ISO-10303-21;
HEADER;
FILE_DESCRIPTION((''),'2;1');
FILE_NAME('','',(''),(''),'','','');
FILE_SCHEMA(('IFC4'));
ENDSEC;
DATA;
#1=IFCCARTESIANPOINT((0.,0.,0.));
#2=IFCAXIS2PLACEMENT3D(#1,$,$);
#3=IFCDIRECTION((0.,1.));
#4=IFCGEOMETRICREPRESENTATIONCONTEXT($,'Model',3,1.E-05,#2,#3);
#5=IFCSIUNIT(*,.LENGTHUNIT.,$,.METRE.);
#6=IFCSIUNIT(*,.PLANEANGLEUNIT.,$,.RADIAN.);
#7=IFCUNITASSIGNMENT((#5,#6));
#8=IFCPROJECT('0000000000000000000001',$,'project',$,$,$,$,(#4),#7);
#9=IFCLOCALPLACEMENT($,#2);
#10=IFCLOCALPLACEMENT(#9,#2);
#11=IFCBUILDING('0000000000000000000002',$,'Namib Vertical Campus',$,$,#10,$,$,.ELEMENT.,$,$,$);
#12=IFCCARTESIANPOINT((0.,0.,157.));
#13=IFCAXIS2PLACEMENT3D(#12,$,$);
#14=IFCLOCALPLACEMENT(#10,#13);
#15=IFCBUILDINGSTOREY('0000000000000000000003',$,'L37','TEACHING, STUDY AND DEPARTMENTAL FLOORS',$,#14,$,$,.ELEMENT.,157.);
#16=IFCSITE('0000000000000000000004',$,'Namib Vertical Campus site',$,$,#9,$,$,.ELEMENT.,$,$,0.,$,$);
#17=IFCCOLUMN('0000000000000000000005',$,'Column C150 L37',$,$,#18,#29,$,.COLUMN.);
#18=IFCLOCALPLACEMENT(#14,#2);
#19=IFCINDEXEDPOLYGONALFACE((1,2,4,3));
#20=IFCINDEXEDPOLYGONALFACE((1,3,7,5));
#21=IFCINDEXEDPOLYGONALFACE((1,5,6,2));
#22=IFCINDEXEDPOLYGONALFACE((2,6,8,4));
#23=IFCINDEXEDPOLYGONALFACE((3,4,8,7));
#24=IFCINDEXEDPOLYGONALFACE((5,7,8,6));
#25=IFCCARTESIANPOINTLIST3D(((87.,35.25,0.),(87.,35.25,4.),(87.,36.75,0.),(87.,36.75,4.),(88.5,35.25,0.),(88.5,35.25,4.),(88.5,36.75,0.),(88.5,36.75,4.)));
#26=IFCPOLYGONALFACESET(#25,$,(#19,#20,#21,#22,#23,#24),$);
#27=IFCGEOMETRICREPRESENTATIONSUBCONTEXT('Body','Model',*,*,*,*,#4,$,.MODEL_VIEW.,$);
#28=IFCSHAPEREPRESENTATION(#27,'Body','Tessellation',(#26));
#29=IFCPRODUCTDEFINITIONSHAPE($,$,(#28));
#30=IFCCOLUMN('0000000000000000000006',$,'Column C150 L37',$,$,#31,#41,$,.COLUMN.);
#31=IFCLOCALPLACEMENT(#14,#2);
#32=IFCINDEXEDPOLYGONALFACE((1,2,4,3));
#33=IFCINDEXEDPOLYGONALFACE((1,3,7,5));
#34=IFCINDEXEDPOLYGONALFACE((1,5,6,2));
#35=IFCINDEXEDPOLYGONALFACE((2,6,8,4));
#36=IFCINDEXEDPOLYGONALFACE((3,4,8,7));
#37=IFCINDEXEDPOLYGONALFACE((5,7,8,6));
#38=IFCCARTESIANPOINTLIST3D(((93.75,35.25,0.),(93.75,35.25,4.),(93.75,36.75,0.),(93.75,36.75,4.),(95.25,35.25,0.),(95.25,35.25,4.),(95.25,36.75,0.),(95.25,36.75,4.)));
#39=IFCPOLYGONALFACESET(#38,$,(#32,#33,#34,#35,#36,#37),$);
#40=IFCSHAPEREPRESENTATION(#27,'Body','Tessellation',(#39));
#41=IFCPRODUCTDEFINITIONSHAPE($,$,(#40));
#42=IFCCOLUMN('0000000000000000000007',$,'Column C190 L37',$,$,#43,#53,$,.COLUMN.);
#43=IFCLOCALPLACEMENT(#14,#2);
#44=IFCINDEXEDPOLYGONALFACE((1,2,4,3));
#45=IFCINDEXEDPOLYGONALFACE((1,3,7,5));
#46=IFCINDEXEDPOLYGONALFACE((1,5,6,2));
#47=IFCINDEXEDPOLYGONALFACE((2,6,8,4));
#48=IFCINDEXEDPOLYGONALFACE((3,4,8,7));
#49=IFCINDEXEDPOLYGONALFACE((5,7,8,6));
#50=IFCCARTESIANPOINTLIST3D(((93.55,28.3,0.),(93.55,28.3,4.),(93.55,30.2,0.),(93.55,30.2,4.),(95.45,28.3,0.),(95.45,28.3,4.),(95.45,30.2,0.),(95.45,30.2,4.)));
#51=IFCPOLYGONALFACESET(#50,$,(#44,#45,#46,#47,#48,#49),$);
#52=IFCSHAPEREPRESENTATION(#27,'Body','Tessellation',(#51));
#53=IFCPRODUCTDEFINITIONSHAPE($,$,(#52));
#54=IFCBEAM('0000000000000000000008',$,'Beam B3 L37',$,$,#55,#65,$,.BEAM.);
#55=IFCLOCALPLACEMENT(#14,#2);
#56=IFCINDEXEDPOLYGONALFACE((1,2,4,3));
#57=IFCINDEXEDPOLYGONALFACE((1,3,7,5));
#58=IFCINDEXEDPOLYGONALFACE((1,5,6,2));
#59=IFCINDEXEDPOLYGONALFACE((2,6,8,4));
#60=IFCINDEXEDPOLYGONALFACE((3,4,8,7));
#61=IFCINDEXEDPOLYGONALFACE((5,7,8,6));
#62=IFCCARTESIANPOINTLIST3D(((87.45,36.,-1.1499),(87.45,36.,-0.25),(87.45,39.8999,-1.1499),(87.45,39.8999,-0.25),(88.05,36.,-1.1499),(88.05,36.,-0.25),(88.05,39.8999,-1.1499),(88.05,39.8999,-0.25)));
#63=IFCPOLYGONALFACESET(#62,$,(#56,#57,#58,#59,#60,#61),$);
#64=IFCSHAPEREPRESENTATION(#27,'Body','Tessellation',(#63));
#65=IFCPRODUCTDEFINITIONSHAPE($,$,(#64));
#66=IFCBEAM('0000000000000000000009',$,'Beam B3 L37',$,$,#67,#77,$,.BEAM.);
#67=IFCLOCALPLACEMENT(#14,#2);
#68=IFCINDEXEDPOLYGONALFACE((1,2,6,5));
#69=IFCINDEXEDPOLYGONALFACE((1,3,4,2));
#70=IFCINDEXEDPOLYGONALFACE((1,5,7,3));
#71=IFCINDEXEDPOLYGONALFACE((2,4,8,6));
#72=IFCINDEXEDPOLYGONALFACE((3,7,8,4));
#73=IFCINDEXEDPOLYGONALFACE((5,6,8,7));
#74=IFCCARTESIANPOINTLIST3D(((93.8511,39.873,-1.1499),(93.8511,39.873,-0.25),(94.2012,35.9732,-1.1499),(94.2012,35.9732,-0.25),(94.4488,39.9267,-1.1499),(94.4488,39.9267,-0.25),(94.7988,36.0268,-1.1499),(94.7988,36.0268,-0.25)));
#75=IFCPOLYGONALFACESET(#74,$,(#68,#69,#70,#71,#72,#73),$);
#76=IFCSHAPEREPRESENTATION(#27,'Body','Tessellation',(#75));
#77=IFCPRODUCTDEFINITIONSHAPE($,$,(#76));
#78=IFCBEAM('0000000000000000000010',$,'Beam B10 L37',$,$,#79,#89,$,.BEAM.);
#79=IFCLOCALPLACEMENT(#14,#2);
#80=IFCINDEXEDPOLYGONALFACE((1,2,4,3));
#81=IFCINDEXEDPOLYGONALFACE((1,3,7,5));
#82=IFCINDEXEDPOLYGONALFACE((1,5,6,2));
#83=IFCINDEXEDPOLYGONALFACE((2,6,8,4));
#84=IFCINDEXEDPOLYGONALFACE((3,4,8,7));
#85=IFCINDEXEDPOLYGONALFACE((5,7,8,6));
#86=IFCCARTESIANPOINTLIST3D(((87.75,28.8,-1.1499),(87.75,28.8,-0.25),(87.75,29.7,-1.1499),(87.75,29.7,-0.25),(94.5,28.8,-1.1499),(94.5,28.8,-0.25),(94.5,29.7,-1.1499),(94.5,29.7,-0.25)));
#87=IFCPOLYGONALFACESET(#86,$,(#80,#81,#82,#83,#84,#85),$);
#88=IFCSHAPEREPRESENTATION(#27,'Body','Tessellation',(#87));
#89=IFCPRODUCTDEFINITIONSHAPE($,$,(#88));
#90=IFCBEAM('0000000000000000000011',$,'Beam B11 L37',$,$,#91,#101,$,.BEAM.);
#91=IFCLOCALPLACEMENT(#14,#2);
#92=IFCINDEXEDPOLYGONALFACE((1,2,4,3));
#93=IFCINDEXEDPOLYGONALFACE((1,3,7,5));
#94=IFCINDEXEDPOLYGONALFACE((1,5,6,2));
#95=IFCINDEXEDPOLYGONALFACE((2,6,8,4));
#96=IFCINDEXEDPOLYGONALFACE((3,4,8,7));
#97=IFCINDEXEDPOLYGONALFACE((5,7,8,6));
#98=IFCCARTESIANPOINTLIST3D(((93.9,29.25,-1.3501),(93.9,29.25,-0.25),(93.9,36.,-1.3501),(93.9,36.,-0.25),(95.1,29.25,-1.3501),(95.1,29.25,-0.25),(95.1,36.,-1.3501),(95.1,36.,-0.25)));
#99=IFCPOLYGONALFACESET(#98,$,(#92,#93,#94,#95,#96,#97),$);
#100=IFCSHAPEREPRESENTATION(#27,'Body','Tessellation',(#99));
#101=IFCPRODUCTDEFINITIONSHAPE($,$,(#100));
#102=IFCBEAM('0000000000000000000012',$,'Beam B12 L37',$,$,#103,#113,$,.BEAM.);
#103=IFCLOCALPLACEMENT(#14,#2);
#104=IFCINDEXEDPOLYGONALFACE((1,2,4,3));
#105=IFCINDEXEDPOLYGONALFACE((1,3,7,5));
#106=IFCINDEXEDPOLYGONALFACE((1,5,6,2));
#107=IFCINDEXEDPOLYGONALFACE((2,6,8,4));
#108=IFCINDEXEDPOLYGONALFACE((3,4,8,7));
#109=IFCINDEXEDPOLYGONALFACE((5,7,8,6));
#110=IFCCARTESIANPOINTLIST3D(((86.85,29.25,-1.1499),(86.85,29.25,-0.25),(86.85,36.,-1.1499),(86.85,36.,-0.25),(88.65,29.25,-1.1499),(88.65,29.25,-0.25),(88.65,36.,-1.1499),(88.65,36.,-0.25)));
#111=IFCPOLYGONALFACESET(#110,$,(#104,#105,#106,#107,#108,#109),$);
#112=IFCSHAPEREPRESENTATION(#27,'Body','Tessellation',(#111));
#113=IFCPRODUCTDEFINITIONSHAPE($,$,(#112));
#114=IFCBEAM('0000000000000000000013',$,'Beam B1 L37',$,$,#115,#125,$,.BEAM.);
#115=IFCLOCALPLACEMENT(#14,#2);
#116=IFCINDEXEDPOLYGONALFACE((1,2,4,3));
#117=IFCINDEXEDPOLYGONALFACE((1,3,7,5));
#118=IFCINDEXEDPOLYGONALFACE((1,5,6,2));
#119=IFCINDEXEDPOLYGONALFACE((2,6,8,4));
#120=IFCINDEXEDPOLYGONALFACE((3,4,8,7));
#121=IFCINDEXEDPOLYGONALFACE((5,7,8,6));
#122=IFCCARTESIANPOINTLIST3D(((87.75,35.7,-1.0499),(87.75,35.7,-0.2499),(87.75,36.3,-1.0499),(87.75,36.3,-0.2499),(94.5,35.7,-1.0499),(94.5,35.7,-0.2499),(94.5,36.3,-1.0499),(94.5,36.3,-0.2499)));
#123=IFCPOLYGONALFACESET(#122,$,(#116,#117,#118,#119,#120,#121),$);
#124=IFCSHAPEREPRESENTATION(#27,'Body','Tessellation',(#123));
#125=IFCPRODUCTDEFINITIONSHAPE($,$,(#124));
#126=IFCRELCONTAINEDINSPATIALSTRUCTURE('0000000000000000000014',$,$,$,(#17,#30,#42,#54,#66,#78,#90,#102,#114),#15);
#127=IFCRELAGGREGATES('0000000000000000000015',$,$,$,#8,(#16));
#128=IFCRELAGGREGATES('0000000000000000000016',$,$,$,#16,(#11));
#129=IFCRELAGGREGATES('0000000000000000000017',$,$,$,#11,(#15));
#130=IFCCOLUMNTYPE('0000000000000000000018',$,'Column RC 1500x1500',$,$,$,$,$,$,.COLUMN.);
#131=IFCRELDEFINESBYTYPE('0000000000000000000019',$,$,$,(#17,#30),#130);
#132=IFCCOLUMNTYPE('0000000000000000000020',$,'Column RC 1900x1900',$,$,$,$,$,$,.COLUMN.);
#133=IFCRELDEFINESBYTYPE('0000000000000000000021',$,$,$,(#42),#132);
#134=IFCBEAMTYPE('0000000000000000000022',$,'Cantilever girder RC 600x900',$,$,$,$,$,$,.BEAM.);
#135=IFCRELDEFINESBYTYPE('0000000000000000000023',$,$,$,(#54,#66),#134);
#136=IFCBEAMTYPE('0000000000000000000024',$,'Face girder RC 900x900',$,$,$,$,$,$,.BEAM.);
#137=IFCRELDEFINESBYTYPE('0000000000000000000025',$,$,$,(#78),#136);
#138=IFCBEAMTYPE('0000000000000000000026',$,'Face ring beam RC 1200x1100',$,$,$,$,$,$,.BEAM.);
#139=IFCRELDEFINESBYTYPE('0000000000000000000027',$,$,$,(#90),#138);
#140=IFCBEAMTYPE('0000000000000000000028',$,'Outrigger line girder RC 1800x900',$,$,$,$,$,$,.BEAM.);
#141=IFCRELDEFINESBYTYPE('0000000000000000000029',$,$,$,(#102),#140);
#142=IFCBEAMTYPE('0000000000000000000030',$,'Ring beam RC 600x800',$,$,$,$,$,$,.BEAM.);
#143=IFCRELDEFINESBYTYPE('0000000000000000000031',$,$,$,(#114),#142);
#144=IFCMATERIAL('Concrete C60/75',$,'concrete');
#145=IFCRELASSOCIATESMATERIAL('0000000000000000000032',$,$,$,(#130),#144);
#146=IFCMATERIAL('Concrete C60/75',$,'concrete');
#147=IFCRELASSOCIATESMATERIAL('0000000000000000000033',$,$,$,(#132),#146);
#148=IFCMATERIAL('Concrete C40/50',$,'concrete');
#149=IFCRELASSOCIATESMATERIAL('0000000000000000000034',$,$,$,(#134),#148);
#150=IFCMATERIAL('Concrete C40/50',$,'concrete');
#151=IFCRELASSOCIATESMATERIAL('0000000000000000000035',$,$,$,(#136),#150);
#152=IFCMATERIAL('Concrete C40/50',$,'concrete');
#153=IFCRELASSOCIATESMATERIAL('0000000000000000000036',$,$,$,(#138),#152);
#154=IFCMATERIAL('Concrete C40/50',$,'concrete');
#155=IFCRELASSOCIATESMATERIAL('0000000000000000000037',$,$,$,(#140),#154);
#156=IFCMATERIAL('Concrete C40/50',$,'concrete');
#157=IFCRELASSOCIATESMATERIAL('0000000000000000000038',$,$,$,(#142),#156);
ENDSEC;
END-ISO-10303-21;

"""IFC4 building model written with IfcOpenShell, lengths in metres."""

from ifc_helpers import new_model, si_unit, direction, frame, origin, origin_2d, place, context, subcontext, project, spatial, rectangle, extrude, material, material_profile, profile_set, type_object, element, save


model = new_model("IFC4")

# Units and contexts
model_context = context("Model", 3, precision=1e-05, world=origin(), true_north=direction((0.0, 1.0)))
body_context = subcontext(model_context, "Body", "Model", "MODEL_VIEW")
ifc_project = project(units=[si_unit("LENGTHUNIT", "METRE"), si_unit("PLANEANGLEUNIT", "RADIAN")], contexts=[model_context])

# Site, building, storey
site_placement = place(None, origin())
site = spatial("IfcSite", under=ifc_project, at=site_placement, Name="Namib Vertical Campus site", CompositionType="ELEMENT", RefElevation=0.0)
building_placement = place(site_placement, origin())
building = spatial("IfcBuilding", under=site, at=building_placement, Name="Namib Vertical Campus", CompositionType="ELEMENT")
storey_placement = place(building_placement, frame((0.0, 0.0, 157.0)))
storey = spatial("IfcBuildingStorey", under=building, at=storey_placement, Name="L37", Description="TEACHING, STUDY AND DEPARTMENTAL FLOORS", CompositionType="ELEMENT", Elevation=157.0)

# Columns
ifc_material_1 = material(Name="Concrete C60/75", Category="concrete")
ifc_material_profile_1 = material_profile(ifc_material_1, rectangle(XDim=1.5, YDim=1.5, at=origin_2d()))
ifc_profile_set_1 = profile_set([ifc_material_profile_1], Name="Concrete C60/75")
column_type_1 = type_object("IfcColumnType", Name="Column RC 1500x1500", PredefinedType="COLUMN", material=ifc_profile_set_1)
for number, where, z_axis, x_axis, name in (
    (1, (87.75, 36.0, 0.0), (0.0, 0.0, 1.0), (1.0, 0.0, 0.0), "Column C150 L37"),
    (2, (94.5, 36.0, 0.0), (0.0, 0.0, 1.0), (1.0, 0.0, 0.0), "Column C150 L37"),
):
    element("IfcColumn", number, at=place(storey_placement, frame(where, z_axis=z_axis, x_axis=x_axis)), inside=storey, type_object=column_type_1, Name=name, PredefinedType="COLUMN", context=body_context, shape_type="SweptSolid", body=[
        extrude(rectangle(XDim=1.5, YDim=1.5, at=origin_2d()), origin(), (0.0, 0.0, 1.0), 4.0),
    ])
ifc_material_2 = material(Name="Concrete C60/75", Category="concrete")
ifc_material_profile_2 = material_profile(ifc_material_2, rectangle(XDim=1.8999, YDim=1.8999, at=origin_2d()))
ifc_profile_set_2 = profile_set([ifc_material_profile_2], Name="Concrete C60/75")
column_type_2 = type_object("IfcColumnType", Name="Column RC 1900x1900", PredefinedType="COLUMN", material=ifc_profile_set_2)
column_placement = place(storey_placement, frame((94.5, 29.25, 0.0), z_axis=(0.0, 0.0, 1.0), x_axis=(1.0, 0.0, 0.0)))
element("IfcColumn", 3, at=column_placement, inside=storey, type_object=column_type_2, Name="Column C190 L37", PredefinedType="COLUMN", context=body_context, shape_type="SweptSolid", body=[
    extrude(rectangle(XDim=1.8999, YDim=1.8999, at=origin_2d()), origin(), (0.0, 0.0, 1.0), 4.0),
])

# Beams
ifc_material_3 = material(Name="Concrete C40/50", Category="concrete")
ifc_material_profile_3 = material_profile(ifc_material_3, rectangle(XDim=0.6001, YDim=0.8999, at=origin_2d()))
ifc_profile_set_3 = profile_set([ifc_material_profile_3], Name="Concrete C40/50")
beam_type_1 = type_object("IfcBeamType", Name="Cantilever girder RC 600x900", PredefinedType="BEAM", material=ifc_profile_set_3)
beam_1_placement = place(storey_placement, frame((87.75, 36.0, -0.7), z_axis=(0.0, 1.0, 0.0), x_axis=(-1.0, 0.0, 0.0)))
element("IfcBeam", 4, at=beam_1_placement, inside=storey, type_object=beam_type_1, Name="Beam B3 L37", PredefinedType="BEAM", context=body_context, shape_type="SweptSolid", body=[
    extrude(rectangle(XDim=0.6001, YDim=0.8999, at=origin_2d()), origin(), (0.0, 0.0, 1.0), 3.8999),
])
beam_2_placement = place(storey_placement, frame((94.5, 36.0, -0.7), z_axis=(-0.089411, 0.995995, 0.0), x_axis=(-0.995995, -0.089411, 0.0)))
element("IfcBeam", 5, at=beam_2_placement, inside=storey, type_object=beam_type_1, Name="Beam B3 L37", PredefinedType="BEAM", context=body_context, shape_type="SweptSolid", body=[
    extrude(rectangle(XDim=0.6001, YDim=0.8999, at=origin_2d()), origin(), (0.0, 0.0, 1.0), 3.9155),
])
ifc_material_4 = material(Name="Concrete C40/50", Category="concrete")
ifc_material_profile_4 = material_profile(ifc_material_4, rectangle(XDim=0.8999, YDim=0.8999, at=origin_2d()))
ifc_profile_set_4 = profile_set([ifc_material_profile_4], Name="Concrete C40/50")
beam_type_2 = type_object("IfcBeamType", Name="Face girder RC 900x900", PredefinedType="BEAM", material=ifc_profile_set_4)
beam_3_placement = place(storey_placement, frame((94.5, 29.25, -0.7), z_axis=(-1.0, 0.0, 0.0), x_axis=(0.0, -1.0, 0.0)))
element("IfcBeam", 6, at=beam_3_placement, inside=storey, type_object=beam_type_2, Name="Beam B10 L37", PredefinedType="BEAM", context=body_context, shape_type="SweptSolid", body=[
    extrude(rectangle(XDim=0.8999, YDim=0.8999, at=origin_2d()), origin(), (0.0, 0.0, 1.0), 6.75),
])
ifc_material_5 = material(Name="Concrete C40/50", Category="concrete")
ifc_material_profile_5 = material_profile(ifc_material_5, rectangle(XDim=1.2, YDim=1.1001, at=origin_2d()))
ifc_profile_set_5 = profile_set([ifc_material_profile_5], Name="Concrete C40/50")
beam_type_3 = type_object("IfcBeamType", Name="Face ring beam RC 1200x1100", PredefinedType="BEAM", material=ifc_profile_set_5)
beam_4_placement = place(storey_placement, frame((94.5, 29.25, -0.8), z_axis=(0.0, 1.0, 0.0), x_axis=(-1.0, 0.0, 0.0)))
element("IfcBeam", 7, at=beam_4_placement, inside=storey, type_object=beam_type_3, Name="Beam B11 L37", PredefinedType="BEAM", context=body_context, shape_type="SweptSolid", body=[
    extrude(rectangle(XDim=1.2, YDim=1.1001, at=origin_2d()), origin(), (0.0, 0.0, 1.0), 6.75),
])
ifc_material_6 = material(Name="Concrete C40/50", Category="concrete")
ifc_material_profile_6 = material_profile(ifc_material_6, rectangle(XDim=1.8, YDim=0.8999, at=origin_2d()))
ifc_profile_set_6 = profile_set([ifc_material_profile_6], Name="Concrete C40/50")
beam_type_4 = type_object("IfcBeamType", Name="Outrigger line girder RC 1800x900", PredefinedType="BEAM", material=ifc_profile_set_6)
beam_5_placement = place(storey_placement, frame((87.75, 36.0, -0.7), z_axis=(0.0, -1.0, 0.0), x_axis=(1.0, 0.0, 0.0)))
element("IfcBeam", 8, at=beam_5_placement, inside=storey, type_object=beam_type_4, Name="Beam B12 L37", PredefinedType="BEAM", context=body_context, shape_type="SweptSolid", body=[
    extrude(rectangle(XDim=1.8, YDim=0.8999, at=origin_2d()), origin(), (0.0, 0.0, 1.0), 6.75),
])
ifc_material_7 = material(Name="Concrete C40/50", Category="concrete")
ifc_material_profile_7 = material_profile(ifc_material_7, rectangle(XDim=0.6001, YDim=0.8, at=origin_2d()))
ifc_profile_set_7 = profile_set([ifc_material_profile_7], Name="Concrete C40/50")
beam_type_5 = type_object("IfcBeamType", Name="Ring beam RC 600x800", PredefinedType="BEAM", material=ifc_profile_set_7)
beam_6_placement = place(storey_placement, frame((87.75, 36.0, -0.6499), z_axis=(1.0, 0.0, 0.0), x_axis=(0.0, 1.0, 0.0)))
element("IfcBeam", 9, at=beam_6_placement, inside=storey, type_object=beam_type_5, Name="Beam B1 L37", PredefinedType="BEAM", context=body_context, shape_type="SweptSolid", body=[
    extrude(rectangle(XDim=0.6001, YDim=0.8, at=origin_2d()), origin(), (0.0, 0.0, 1.0), 6.75),
])

save(model, "model.ifc")
